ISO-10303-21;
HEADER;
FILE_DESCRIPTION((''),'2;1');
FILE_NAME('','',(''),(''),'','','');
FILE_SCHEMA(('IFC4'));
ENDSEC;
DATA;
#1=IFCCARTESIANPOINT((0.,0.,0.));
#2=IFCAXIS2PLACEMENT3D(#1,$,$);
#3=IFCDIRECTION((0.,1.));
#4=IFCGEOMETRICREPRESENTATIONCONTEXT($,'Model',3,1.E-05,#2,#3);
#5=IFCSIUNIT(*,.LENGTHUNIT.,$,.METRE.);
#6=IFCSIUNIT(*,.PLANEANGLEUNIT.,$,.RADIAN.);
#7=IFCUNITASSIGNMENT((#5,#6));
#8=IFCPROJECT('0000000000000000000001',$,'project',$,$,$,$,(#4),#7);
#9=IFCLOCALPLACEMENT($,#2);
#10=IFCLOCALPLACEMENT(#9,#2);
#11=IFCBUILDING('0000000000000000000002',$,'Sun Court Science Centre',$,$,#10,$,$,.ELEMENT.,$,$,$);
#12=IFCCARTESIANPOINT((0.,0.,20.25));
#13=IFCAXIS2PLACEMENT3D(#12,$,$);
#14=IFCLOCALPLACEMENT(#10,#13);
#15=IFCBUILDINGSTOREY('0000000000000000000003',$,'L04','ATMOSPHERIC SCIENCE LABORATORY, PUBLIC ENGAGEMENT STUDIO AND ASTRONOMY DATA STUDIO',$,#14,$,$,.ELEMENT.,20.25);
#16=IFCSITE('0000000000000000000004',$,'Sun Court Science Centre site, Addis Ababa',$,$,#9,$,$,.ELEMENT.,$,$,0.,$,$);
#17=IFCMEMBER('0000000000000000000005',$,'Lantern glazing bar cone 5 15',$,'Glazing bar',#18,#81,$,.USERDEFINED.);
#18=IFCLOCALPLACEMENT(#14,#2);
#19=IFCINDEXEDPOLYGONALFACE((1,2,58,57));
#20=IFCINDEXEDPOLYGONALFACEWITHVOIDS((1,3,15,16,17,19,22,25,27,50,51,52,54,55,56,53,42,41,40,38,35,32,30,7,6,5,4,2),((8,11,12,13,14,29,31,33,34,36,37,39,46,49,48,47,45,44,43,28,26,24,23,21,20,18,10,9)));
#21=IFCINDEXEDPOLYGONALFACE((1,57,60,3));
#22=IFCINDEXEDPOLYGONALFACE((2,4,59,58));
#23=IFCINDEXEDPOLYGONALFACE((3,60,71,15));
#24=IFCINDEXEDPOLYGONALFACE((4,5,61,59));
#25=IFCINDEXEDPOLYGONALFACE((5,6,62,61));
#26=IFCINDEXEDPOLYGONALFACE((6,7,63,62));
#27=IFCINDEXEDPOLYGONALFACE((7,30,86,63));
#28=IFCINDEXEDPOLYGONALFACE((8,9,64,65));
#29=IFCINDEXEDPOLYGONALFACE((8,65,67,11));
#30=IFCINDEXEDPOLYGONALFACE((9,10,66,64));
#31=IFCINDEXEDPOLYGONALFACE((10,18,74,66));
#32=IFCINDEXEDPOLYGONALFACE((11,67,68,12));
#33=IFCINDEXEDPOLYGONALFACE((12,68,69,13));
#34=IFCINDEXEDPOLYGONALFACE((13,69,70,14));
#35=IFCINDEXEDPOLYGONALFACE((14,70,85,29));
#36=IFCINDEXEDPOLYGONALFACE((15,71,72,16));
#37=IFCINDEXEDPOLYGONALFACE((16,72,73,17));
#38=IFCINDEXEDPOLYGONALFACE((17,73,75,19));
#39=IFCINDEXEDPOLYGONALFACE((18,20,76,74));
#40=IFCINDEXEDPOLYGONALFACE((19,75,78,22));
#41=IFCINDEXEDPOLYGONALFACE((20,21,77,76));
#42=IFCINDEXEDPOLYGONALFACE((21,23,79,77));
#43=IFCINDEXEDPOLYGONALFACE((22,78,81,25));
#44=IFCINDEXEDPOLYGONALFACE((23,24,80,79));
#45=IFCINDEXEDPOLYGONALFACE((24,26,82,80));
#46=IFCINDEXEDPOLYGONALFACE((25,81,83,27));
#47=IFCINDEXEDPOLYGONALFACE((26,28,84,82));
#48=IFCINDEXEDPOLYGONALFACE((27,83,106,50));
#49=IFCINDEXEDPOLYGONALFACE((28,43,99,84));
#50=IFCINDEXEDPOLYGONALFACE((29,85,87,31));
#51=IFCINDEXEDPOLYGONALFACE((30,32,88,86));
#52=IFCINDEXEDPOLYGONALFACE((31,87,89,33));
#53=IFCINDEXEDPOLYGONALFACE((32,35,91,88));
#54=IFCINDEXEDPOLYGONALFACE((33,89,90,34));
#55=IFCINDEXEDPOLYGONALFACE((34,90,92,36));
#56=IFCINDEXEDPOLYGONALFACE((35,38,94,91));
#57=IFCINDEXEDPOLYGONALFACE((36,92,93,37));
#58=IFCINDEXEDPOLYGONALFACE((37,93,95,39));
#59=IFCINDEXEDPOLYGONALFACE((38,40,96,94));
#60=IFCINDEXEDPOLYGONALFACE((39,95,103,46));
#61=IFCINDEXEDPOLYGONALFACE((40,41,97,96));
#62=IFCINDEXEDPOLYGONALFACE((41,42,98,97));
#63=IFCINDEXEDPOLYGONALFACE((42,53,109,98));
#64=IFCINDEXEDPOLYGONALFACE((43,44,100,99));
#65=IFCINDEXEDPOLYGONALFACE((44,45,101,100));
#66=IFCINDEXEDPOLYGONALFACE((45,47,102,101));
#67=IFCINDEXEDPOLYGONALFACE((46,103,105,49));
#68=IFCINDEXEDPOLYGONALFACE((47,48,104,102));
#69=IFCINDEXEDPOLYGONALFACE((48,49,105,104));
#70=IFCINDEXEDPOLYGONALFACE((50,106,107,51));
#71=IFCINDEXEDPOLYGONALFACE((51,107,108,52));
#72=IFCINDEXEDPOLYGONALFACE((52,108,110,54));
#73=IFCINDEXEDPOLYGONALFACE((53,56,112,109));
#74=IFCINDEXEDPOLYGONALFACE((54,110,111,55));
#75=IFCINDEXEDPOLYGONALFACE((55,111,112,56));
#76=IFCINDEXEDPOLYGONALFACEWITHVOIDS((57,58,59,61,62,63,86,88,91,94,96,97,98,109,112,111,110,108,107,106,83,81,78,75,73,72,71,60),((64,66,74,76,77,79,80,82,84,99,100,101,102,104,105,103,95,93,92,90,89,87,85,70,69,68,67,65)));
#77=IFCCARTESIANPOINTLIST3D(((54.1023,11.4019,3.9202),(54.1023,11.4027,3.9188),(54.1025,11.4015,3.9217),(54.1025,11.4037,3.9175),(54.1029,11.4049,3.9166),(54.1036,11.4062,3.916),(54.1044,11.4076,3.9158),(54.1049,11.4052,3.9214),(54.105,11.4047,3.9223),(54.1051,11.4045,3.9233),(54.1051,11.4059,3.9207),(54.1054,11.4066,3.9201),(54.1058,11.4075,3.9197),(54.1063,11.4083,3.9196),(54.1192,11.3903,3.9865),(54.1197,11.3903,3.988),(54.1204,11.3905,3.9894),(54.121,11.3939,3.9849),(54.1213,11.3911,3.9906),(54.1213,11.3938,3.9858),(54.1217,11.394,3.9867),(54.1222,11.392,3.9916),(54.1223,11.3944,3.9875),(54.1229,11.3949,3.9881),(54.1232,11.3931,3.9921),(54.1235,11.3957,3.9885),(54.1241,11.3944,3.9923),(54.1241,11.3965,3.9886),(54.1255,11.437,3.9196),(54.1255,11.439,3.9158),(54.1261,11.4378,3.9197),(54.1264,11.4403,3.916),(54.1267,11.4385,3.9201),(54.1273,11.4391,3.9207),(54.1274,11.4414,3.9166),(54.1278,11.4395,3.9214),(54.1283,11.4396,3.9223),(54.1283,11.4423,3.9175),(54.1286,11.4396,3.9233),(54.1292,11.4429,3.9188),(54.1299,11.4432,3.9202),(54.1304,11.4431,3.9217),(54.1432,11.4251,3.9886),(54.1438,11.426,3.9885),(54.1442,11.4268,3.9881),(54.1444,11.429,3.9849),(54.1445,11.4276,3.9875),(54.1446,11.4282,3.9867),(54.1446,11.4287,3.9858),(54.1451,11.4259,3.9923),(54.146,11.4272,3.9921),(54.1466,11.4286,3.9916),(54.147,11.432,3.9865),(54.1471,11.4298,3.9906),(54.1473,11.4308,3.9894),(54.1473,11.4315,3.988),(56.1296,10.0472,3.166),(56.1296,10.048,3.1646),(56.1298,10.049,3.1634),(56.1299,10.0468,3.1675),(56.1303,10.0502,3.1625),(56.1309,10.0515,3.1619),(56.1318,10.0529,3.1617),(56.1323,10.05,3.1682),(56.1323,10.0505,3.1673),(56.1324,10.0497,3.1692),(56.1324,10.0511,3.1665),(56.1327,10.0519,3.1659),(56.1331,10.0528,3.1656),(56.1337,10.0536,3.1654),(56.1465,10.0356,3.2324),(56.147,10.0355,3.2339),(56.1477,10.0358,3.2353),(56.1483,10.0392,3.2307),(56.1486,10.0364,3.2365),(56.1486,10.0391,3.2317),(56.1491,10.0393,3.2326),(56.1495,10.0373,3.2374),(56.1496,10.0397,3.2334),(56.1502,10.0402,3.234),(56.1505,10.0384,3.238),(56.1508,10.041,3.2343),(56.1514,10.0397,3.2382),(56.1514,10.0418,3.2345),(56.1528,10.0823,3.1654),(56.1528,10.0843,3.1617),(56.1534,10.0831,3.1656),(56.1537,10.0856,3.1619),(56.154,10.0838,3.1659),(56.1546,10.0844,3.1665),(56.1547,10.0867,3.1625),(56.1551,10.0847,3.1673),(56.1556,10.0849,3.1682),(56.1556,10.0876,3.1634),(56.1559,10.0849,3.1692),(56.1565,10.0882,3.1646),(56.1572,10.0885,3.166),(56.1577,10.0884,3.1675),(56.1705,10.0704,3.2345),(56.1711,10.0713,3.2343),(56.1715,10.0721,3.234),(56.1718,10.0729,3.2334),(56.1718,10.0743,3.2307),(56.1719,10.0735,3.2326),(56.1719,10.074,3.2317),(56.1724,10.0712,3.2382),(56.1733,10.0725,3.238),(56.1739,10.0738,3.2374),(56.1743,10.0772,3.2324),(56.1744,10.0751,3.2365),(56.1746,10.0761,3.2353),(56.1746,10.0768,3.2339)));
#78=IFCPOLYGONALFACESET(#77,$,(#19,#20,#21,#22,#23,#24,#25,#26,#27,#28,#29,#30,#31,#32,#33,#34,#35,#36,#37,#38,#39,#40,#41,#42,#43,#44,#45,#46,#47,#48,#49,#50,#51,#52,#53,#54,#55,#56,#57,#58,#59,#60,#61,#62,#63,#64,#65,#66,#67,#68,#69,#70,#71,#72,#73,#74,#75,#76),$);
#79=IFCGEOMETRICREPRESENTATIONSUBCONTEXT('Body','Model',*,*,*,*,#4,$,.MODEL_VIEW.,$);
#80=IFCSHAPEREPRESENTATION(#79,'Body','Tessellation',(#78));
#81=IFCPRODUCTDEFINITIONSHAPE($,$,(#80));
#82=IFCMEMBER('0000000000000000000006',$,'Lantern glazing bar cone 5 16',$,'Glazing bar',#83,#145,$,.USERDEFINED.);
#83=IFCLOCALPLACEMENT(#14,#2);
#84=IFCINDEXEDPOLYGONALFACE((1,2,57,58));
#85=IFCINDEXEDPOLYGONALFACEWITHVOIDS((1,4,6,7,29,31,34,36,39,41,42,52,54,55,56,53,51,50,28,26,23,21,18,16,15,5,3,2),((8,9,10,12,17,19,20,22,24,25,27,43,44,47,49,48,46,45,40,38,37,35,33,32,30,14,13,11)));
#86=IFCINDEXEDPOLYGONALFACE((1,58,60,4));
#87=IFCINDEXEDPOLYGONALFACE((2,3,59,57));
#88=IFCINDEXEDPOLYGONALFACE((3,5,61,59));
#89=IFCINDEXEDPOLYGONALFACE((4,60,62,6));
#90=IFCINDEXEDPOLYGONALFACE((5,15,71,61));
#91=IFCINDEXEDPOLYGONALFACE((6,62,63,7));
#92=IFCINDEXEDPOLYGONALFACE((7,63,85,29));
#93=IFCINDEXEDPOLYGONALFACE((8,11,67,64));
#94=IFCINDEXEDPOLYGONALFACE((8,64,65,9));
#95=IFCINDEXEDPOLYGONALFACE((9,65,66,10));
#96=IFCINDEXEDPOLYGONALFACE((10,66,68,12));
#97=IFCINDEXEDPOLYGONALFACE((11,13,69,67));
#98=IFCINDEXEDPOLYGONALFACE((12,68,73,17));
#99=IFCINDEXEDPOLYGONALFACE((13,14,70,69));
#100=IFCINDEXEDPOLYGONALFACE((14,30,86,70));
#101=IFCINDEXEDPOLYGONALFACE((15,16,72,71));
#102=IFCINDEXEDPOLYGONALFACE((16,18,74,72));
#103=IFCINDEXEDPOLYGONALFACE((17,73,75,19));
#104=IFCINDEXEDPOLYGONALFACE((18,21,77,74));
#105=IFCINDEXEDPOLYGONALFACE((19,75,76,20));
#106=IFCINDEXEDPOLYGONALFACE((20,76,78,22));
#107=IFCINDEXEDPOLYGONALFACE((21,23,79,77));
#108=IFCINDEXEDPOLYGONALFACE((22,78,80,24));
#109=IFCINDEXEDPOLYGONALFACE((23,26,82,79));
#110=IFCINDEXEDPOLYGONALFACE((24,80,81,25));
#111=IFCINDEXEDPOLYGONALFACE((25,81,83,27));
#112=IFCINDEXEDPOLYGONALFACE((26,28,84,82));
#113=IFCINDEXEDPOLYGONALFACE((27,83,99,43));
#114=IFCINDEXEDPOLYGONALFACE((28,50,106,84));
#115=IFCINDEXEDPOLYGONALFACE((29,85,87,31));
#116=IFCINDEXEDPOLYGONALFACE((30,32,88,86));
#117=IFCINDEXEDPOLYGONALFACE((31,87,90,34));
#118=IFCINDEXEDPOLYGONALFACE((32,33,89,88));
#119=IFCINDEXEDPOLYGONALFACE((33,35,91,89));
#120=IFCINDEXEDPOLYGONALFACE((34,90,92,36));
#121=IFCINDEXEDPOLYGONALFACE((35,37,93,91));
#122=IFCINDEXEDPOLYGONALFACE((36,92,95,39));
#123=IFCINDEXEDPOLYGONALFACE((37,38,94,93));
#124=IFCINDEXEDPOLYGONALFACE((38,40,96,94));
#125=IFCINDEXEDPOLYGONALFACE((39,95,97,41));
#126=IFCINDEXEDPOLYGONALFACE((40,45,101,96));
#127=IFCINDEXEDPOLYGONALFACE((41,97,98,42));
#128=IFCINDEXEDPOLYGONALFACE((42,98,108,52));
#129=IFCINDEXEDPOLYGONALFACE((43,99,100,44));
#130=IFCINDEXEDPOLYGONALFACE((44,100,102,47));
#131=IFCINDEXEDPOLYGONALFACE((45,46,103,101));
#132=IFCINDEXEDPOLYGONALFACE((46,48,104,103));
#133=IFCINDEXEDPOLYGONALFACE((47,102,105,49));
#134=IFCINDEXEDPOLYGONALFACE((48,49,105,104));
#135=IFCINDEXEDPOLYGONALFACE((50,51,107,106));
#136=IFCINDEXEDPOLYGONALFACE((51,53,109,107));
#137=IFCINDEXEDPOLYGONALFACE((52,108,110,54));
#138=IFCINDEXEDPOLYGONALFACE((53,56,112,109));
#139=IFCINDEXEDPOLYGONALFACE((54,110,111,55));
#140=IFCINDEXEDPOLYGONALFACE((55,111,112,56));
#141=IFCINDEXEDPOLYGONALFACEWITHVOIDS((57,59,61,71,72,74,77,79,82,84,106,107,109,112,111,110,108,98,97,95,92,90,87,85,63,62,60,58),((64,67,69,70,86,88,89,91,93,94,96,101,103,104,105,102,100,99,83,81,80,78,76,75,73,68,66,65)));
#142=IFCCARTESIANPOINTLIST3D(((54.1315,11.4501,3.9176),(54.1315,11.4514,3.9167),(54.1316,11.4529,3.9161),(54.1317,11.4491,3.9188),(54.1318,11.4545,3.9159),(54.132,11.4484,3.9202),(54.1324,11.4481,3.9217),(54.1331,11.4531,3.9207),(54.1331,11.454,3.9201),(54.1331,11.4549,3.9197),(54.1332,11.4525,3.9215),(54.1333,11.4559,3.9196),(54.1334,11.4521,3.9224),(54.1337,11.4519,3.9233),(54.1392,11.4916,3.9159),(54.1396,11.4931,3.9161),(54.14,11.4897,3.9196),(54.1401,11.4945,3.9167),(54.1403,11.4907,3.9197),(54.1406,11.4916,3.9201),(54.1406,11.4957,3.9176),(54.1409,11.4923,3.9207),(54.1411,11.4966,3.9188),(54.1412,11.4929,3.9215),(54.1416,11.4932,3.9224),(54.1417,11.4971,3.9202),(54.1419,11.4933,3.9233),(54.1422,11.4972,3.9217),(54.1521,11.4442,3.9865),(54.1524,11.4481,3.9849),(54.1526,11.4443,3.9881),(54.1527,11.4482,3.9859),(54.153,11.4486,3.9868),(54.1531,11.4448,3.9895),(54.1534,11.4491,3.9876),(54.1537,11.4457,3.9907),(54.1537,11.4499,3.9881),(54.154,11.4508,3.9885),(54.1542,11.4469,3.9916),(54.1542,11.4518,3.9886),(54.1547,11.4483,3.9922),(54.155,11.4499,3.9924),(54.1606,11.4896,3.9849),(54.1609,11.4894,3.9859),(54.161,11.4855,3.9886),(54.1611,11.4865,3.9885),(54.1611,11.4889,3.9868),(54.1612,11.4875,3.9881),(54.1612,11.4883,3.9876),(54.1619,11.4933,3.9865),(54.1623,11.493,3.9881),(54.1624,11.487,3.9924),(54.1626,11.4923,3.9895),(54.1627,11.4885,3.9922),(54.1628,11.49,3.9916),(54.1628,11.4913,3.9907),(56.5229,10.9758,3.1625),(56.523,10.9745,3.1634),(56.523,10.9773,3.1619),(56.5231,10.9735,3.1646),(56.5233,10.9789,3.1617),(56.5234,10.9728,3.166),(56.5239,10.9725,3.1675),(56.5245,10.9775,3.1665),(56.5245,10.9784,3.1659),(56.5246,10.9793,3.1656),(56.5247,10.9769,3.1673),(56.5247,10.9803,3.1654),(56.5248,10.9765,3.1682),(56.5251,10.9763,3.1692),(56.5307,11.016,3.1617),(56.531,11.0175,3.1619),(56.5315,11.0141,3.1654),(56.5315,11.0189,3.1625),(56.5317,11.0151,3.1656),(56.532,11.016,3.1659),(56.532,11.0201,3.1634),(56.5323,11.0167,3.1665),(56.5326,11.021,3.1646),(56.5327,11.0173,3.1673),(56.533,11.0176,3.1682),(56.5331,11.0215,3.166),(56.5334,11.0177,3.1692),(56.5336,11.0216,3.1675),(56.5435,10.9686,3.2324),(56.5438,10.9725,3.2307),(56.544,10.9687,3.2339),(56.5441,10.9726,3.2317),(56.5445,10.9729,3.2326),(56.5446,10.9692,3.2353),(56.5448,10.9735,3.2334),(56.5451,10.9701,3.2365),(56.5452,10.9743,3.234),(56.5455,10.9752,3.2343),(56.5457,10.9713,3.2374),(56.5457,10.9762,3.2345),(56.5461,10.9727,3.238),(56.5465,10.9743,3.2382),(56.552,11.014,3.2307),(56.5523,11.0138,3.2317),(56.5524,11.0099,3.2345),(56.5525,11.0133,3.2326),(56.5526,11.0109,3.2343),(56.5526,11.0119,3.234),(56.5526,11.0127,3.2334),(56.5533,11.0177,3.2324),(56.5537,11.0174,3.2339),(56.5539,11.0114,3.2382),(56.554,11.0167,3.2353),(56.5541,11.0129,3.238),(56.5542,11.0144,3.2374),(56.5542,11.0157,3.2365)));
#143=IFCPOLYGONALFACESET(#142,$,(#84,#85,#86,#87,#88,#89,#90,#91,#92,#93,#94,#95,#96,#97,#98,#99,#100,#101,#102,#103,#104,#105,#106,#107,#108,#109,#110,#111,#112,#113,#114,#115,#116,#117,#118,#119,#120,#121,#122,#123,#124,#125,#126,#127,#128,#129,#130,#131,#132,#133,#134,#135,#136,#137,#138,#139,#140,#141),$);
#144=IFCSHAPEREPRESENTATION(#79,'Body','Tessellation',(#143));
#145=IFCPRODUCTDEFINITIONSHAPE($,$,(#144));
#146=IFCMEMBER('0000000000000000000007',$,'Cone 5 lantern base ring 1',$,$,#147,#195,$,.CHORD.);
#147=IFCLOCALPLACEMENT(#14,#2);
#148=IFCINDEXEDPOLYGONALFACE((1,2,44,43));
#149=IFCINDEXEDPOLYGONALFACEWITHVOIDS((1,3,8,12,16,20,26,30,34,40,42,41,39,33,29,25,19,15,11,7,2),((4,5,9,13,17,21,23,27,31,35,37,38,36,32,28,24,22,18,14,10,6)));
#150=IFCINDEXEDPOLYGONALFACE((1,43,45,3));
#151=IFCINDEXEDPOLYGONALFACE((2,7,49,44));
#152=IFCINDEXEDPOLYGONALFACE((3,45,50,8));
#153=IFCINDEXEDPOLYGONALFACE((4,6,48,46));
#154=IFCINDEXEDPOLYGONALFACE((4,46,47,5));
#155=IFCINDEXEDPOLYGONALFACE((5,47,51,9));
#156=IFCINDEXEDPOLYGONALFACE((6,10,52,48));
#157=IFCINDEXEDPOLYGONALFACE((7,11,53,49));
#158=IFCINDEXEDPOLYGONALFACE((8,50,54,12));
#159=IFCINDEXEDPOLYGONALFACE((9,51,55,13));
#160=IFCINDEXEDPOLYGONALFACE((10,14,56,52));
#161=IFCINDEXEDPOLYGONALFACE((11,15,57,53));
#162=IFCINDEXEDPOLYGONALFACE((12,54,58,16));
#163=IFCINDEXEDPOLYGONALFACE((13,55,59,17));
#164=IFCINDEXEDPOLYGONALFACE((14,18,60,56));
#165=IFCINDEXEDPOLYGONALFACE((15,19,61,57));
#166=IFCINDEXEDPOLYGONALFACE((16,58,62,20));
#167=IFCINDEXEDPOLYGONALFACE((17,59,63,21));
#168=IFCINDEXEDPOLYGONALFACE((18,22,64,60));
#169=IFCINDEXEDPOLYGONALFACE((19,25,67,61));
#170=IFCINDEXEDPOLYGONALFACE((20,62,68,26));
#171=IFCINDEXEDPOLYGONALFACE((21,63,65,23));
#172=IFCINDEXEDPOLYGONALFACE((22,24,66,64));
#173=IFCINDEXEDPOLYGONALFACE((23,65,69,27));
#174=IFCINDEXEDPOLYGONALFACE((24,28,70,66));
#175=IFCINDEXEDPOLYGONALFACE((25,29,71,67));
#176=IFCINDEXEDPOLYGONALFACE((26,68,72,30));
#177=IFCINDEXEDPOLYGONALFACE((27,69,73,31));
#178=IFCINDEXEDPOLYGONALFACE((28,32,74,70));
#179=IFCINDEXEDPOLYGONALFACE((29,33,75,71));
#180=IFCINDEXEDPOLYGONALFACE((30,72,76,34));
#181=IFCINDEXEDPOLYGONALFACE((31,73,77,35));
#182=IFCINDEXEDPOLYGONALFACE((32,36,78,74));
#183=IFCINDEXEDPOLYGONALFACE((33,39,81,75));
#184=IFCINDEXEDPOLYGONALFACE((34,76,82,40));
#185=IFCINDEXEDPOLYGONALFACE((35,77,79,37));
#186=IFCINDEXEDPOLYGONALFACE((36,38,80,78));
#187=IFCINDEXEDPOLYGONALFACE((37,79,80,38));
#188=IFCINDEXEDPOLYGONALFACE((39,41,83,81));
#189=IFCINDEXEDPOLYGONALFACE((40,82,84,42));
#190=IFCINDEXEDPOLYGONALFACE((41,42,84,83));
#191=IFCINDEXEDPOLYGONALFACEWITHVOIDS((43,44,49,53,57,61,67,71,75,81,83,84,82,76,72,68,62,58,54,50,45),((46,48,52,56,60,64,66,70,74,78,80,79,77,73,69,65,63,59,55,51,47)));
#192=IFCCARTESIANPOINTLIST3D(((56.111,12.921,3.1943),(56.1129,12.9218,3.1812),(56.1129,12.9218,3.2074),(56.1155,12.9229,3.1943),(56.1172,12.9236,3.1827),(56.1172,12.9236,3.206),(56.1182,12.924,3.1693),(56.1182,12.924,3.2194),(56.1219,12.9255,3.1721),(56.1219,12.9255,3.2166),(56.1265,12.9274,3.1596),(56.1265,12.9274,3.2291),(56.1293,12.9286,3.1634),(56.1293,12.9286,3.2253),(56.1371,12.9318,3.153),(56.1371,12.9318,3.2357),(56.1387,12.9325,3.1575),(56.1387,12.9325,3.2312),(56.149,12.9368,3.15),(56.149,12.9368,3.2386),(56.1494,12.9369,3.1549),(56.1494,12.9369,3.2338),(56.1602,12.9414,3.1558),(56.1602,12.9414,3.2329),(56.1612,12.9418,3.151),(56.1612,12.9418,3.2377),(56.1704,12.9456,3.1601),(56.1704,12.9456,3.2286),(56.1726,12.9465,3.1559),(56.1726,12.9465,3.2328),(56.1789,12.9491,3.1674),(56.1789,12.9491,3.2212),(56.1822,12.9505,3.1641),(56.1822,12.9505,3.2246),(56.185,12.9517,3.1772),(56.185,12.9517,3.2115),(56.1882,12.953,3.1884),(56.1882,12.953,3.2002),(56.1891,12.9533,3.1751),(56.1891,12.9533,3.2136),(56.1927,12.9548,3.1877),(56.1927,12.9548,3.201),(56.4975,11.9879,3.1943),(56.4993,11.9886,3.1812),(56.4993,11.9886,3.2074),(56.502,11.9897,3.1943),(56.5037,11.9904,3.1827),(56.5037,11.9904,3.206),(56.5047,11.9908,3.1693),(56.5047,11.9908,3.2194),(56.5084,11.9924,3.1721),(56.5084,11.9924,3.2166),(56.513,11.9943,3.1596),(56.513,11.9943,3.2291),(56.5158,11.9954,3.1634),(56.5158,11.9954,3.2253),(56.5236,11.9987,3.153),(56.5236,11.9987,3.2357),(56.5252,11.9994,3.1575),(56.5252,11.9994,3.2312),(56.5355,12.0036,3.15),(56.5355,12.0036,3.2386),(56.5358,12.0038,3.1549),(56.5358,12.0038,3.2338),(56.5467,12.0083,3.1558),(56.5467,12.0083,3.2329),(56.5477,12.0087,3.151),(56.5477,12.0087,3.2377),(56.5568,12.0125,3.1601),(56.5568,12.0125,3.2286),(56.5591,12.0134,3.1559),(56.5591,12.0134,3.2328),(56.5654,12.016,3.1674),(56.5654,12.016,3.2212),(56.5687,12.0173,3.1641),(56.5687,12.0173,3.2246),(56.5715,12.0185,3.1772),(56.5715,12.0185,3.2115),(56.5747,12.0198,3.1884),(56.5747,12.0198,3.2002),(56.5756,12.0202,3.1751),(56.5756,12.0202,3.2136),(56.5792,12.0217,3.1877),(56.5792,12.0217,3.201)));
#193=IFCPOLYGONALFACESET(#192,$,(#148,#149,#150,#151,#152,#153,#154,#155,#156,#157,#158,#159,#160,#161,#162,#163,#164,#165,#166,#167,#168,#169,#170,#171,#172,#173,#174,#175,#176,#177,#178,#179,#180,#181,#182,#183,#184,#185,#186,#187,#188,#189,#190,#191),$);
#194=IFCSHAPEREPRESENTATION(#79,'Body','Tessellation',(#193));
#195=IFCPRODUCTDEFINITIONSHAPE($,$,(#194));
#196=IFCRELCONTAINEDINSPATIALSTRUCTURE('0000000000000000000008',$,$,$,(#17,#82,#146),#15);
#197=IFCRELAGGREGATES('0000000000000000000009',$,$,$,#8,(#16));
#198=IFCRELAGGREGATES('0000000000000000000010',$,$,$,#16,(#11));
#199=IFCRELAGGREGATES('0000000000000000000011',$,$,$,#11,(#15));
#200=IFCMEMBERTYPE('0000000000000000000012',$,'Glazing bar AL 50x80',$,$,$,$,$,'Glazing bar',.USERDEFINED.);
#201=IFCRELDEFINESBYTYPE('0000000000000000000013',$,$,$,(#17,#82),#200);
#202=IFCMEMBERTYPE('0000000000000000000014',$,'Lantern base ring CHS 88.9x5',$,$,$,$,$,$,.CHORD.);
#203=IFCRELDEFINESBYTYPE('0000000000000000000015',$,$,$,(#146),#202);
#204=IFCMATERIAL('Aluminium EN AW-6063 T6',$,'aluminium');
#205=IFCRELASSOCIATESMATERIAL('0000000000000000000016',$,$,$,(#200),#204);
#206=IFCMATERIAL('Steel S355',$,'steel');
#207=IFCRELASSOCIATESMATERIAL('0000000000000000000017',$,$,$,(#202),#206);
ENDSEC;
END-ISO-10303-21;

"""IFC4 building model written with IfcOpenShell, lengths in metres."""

from ifc_helpers import new_model, si_unit, direction, frame, origin, origin_2d, place, context, subcontext, project, spatial, hollow_rectangle, hollow_circle, extrude, material, material_profile, profile_set, type_object, element, save


model = new_model("IFC4")

# Units and contexts
model_context = context("Model", 3, precision=1e-05, world=origin(), true_north=direction((0.0, 1.0)))
body_context = subcontext(model_context, "Body", "Model", "MODEL_VIEW")
ifc_project = project(units=[si_unit("LENGTHUNIT", "METRE"), si_unit("PLANEANGLEUNIT", "RADIAN")], contexts=[model_context])

# Site, building, storey
site_placement = place(None, origin())
site = spatial("IfcSite", under=ifc_project, at=site_placement, Name="Sun Court Science Centre site, Addis Ababa", CompositionType="ELEMENT", RefElevation=0.0)
building_placement = place(site_placement, origin())
building = spatial("IfcBuilding", under=site, at=building_placement, Name="Sun Court Science Centre", CompositionType="ELEMENT")
storey_placement = place(building_placement, frame((0.0, 0.0, 20.25)))
storey = spatial("IfcBuildingStorey", under=building, at=storey_placement, Name="L04", Description="ATMOSPHERIC SCIENCE LABORATORY, PUBLIC ENGAGEMENT STUDIO AND ASTRONOMY DATA STUDIO", CompositionType="ELEMENT", Elevation=20.25)

# Members
ifc_material_1 = material(Name="Aluminium EN AW-6063 T6", Category="aluminium")
ifc_material_profile_1 = material_profile(ifc_material_1, hollow_rectangle(XDim=0.05, YDim=0.0801, WallThickness=0.0039, InnerFilletRadius=0.0039, OuterFilletRadius=0.0061, at=origin_2d()), Name="AL 50x80x4")
ifc_profile_set_1 = profile_set([ifc_material_profile_1], Name="Aluminium EN AW-6063 T6")
member_type_1 = type_object("IfcMemberType", Name="Glazing bar AL 50x80", ElementType="Glazing bar", PredefinedType="USERDEFINED", material=ifc_profile_set_1)
for number, where, z_axis, x_axis, name in (
    (1, (56.1521, 10.062, 3.2), (-0.794324, 0.530793, 0.29548), (-0.555601, -0.831449, 0.0), "Lantern glazing bar cone 5 15"),
    (2, (56.5386, 10.9951, 3.2), (-0.936994, 0.186347, 0.295495), (-0.195057, -0.980792, 0.0), "Lantern glazing bar cone 5 16"),
):
    element("IfcMember", number, at=place(storey_placement, frame(where, z_axis=z_axis, x_axis=x_axis)), inside=storey, type_object=member_type_1, Name=name, ObjectType="Glazing bar", PredefinedType="USERDEFINED", context=body_context, shape_type="SweptSolid", body=[
        extrude(hollow_rectangle(XDim=0.05, YDim=0.0801, WallThickness=0.0039, InnerFilletRadius=0.0039, OuterFilletRadius=0.0061, at=origin_2d()), origin(), (0.0, 0.0, 1.0), 2.5522),
    ])
ifc_material_2 = material(Name="Steel S355", Category="steel")
ifc_material_profile_2 = material_profile(ifc_material_2, hollow_circle(Radius=0.0444, WallThickness=0.0049, at=origin_2d()), Name="CHS 88.9x5")
ifc_profile_set_2 = profile_set([ifc_material_profile_2], Name="Steel S355")
member_type_2 = type_object("IfcMemberType", Name="Lantern base ring CHS 88.9x5", PredefinedType="CHORD", material=ifc_profile_set_2)
for number, where, z_axis, x_axis, name in (
    (3, (56.5386, 12.0049, 3.1943), (-0.382658, 0.92389, 0.0), (-0.92389, -0.382658, 0.0), "Cone 5 lantern base ring 1"),
):
    element("IfcMember", number, at=place(storey_placement, frame(where, z_axis=z_axis, x_axis=x_axis)), inside=storey, type_object=member_type_2, Name=name, PredefinedType="CHORD", context=body_context, shape_type="SweptSolid", body=[
        extrude(hollow_circle(Radius=0.0444, WallThickness=0.0049, at=origin_2d()), origin(), (0.0, 0.0, 1.0), 1.01),
    ])

save(model, "model.ifc")
